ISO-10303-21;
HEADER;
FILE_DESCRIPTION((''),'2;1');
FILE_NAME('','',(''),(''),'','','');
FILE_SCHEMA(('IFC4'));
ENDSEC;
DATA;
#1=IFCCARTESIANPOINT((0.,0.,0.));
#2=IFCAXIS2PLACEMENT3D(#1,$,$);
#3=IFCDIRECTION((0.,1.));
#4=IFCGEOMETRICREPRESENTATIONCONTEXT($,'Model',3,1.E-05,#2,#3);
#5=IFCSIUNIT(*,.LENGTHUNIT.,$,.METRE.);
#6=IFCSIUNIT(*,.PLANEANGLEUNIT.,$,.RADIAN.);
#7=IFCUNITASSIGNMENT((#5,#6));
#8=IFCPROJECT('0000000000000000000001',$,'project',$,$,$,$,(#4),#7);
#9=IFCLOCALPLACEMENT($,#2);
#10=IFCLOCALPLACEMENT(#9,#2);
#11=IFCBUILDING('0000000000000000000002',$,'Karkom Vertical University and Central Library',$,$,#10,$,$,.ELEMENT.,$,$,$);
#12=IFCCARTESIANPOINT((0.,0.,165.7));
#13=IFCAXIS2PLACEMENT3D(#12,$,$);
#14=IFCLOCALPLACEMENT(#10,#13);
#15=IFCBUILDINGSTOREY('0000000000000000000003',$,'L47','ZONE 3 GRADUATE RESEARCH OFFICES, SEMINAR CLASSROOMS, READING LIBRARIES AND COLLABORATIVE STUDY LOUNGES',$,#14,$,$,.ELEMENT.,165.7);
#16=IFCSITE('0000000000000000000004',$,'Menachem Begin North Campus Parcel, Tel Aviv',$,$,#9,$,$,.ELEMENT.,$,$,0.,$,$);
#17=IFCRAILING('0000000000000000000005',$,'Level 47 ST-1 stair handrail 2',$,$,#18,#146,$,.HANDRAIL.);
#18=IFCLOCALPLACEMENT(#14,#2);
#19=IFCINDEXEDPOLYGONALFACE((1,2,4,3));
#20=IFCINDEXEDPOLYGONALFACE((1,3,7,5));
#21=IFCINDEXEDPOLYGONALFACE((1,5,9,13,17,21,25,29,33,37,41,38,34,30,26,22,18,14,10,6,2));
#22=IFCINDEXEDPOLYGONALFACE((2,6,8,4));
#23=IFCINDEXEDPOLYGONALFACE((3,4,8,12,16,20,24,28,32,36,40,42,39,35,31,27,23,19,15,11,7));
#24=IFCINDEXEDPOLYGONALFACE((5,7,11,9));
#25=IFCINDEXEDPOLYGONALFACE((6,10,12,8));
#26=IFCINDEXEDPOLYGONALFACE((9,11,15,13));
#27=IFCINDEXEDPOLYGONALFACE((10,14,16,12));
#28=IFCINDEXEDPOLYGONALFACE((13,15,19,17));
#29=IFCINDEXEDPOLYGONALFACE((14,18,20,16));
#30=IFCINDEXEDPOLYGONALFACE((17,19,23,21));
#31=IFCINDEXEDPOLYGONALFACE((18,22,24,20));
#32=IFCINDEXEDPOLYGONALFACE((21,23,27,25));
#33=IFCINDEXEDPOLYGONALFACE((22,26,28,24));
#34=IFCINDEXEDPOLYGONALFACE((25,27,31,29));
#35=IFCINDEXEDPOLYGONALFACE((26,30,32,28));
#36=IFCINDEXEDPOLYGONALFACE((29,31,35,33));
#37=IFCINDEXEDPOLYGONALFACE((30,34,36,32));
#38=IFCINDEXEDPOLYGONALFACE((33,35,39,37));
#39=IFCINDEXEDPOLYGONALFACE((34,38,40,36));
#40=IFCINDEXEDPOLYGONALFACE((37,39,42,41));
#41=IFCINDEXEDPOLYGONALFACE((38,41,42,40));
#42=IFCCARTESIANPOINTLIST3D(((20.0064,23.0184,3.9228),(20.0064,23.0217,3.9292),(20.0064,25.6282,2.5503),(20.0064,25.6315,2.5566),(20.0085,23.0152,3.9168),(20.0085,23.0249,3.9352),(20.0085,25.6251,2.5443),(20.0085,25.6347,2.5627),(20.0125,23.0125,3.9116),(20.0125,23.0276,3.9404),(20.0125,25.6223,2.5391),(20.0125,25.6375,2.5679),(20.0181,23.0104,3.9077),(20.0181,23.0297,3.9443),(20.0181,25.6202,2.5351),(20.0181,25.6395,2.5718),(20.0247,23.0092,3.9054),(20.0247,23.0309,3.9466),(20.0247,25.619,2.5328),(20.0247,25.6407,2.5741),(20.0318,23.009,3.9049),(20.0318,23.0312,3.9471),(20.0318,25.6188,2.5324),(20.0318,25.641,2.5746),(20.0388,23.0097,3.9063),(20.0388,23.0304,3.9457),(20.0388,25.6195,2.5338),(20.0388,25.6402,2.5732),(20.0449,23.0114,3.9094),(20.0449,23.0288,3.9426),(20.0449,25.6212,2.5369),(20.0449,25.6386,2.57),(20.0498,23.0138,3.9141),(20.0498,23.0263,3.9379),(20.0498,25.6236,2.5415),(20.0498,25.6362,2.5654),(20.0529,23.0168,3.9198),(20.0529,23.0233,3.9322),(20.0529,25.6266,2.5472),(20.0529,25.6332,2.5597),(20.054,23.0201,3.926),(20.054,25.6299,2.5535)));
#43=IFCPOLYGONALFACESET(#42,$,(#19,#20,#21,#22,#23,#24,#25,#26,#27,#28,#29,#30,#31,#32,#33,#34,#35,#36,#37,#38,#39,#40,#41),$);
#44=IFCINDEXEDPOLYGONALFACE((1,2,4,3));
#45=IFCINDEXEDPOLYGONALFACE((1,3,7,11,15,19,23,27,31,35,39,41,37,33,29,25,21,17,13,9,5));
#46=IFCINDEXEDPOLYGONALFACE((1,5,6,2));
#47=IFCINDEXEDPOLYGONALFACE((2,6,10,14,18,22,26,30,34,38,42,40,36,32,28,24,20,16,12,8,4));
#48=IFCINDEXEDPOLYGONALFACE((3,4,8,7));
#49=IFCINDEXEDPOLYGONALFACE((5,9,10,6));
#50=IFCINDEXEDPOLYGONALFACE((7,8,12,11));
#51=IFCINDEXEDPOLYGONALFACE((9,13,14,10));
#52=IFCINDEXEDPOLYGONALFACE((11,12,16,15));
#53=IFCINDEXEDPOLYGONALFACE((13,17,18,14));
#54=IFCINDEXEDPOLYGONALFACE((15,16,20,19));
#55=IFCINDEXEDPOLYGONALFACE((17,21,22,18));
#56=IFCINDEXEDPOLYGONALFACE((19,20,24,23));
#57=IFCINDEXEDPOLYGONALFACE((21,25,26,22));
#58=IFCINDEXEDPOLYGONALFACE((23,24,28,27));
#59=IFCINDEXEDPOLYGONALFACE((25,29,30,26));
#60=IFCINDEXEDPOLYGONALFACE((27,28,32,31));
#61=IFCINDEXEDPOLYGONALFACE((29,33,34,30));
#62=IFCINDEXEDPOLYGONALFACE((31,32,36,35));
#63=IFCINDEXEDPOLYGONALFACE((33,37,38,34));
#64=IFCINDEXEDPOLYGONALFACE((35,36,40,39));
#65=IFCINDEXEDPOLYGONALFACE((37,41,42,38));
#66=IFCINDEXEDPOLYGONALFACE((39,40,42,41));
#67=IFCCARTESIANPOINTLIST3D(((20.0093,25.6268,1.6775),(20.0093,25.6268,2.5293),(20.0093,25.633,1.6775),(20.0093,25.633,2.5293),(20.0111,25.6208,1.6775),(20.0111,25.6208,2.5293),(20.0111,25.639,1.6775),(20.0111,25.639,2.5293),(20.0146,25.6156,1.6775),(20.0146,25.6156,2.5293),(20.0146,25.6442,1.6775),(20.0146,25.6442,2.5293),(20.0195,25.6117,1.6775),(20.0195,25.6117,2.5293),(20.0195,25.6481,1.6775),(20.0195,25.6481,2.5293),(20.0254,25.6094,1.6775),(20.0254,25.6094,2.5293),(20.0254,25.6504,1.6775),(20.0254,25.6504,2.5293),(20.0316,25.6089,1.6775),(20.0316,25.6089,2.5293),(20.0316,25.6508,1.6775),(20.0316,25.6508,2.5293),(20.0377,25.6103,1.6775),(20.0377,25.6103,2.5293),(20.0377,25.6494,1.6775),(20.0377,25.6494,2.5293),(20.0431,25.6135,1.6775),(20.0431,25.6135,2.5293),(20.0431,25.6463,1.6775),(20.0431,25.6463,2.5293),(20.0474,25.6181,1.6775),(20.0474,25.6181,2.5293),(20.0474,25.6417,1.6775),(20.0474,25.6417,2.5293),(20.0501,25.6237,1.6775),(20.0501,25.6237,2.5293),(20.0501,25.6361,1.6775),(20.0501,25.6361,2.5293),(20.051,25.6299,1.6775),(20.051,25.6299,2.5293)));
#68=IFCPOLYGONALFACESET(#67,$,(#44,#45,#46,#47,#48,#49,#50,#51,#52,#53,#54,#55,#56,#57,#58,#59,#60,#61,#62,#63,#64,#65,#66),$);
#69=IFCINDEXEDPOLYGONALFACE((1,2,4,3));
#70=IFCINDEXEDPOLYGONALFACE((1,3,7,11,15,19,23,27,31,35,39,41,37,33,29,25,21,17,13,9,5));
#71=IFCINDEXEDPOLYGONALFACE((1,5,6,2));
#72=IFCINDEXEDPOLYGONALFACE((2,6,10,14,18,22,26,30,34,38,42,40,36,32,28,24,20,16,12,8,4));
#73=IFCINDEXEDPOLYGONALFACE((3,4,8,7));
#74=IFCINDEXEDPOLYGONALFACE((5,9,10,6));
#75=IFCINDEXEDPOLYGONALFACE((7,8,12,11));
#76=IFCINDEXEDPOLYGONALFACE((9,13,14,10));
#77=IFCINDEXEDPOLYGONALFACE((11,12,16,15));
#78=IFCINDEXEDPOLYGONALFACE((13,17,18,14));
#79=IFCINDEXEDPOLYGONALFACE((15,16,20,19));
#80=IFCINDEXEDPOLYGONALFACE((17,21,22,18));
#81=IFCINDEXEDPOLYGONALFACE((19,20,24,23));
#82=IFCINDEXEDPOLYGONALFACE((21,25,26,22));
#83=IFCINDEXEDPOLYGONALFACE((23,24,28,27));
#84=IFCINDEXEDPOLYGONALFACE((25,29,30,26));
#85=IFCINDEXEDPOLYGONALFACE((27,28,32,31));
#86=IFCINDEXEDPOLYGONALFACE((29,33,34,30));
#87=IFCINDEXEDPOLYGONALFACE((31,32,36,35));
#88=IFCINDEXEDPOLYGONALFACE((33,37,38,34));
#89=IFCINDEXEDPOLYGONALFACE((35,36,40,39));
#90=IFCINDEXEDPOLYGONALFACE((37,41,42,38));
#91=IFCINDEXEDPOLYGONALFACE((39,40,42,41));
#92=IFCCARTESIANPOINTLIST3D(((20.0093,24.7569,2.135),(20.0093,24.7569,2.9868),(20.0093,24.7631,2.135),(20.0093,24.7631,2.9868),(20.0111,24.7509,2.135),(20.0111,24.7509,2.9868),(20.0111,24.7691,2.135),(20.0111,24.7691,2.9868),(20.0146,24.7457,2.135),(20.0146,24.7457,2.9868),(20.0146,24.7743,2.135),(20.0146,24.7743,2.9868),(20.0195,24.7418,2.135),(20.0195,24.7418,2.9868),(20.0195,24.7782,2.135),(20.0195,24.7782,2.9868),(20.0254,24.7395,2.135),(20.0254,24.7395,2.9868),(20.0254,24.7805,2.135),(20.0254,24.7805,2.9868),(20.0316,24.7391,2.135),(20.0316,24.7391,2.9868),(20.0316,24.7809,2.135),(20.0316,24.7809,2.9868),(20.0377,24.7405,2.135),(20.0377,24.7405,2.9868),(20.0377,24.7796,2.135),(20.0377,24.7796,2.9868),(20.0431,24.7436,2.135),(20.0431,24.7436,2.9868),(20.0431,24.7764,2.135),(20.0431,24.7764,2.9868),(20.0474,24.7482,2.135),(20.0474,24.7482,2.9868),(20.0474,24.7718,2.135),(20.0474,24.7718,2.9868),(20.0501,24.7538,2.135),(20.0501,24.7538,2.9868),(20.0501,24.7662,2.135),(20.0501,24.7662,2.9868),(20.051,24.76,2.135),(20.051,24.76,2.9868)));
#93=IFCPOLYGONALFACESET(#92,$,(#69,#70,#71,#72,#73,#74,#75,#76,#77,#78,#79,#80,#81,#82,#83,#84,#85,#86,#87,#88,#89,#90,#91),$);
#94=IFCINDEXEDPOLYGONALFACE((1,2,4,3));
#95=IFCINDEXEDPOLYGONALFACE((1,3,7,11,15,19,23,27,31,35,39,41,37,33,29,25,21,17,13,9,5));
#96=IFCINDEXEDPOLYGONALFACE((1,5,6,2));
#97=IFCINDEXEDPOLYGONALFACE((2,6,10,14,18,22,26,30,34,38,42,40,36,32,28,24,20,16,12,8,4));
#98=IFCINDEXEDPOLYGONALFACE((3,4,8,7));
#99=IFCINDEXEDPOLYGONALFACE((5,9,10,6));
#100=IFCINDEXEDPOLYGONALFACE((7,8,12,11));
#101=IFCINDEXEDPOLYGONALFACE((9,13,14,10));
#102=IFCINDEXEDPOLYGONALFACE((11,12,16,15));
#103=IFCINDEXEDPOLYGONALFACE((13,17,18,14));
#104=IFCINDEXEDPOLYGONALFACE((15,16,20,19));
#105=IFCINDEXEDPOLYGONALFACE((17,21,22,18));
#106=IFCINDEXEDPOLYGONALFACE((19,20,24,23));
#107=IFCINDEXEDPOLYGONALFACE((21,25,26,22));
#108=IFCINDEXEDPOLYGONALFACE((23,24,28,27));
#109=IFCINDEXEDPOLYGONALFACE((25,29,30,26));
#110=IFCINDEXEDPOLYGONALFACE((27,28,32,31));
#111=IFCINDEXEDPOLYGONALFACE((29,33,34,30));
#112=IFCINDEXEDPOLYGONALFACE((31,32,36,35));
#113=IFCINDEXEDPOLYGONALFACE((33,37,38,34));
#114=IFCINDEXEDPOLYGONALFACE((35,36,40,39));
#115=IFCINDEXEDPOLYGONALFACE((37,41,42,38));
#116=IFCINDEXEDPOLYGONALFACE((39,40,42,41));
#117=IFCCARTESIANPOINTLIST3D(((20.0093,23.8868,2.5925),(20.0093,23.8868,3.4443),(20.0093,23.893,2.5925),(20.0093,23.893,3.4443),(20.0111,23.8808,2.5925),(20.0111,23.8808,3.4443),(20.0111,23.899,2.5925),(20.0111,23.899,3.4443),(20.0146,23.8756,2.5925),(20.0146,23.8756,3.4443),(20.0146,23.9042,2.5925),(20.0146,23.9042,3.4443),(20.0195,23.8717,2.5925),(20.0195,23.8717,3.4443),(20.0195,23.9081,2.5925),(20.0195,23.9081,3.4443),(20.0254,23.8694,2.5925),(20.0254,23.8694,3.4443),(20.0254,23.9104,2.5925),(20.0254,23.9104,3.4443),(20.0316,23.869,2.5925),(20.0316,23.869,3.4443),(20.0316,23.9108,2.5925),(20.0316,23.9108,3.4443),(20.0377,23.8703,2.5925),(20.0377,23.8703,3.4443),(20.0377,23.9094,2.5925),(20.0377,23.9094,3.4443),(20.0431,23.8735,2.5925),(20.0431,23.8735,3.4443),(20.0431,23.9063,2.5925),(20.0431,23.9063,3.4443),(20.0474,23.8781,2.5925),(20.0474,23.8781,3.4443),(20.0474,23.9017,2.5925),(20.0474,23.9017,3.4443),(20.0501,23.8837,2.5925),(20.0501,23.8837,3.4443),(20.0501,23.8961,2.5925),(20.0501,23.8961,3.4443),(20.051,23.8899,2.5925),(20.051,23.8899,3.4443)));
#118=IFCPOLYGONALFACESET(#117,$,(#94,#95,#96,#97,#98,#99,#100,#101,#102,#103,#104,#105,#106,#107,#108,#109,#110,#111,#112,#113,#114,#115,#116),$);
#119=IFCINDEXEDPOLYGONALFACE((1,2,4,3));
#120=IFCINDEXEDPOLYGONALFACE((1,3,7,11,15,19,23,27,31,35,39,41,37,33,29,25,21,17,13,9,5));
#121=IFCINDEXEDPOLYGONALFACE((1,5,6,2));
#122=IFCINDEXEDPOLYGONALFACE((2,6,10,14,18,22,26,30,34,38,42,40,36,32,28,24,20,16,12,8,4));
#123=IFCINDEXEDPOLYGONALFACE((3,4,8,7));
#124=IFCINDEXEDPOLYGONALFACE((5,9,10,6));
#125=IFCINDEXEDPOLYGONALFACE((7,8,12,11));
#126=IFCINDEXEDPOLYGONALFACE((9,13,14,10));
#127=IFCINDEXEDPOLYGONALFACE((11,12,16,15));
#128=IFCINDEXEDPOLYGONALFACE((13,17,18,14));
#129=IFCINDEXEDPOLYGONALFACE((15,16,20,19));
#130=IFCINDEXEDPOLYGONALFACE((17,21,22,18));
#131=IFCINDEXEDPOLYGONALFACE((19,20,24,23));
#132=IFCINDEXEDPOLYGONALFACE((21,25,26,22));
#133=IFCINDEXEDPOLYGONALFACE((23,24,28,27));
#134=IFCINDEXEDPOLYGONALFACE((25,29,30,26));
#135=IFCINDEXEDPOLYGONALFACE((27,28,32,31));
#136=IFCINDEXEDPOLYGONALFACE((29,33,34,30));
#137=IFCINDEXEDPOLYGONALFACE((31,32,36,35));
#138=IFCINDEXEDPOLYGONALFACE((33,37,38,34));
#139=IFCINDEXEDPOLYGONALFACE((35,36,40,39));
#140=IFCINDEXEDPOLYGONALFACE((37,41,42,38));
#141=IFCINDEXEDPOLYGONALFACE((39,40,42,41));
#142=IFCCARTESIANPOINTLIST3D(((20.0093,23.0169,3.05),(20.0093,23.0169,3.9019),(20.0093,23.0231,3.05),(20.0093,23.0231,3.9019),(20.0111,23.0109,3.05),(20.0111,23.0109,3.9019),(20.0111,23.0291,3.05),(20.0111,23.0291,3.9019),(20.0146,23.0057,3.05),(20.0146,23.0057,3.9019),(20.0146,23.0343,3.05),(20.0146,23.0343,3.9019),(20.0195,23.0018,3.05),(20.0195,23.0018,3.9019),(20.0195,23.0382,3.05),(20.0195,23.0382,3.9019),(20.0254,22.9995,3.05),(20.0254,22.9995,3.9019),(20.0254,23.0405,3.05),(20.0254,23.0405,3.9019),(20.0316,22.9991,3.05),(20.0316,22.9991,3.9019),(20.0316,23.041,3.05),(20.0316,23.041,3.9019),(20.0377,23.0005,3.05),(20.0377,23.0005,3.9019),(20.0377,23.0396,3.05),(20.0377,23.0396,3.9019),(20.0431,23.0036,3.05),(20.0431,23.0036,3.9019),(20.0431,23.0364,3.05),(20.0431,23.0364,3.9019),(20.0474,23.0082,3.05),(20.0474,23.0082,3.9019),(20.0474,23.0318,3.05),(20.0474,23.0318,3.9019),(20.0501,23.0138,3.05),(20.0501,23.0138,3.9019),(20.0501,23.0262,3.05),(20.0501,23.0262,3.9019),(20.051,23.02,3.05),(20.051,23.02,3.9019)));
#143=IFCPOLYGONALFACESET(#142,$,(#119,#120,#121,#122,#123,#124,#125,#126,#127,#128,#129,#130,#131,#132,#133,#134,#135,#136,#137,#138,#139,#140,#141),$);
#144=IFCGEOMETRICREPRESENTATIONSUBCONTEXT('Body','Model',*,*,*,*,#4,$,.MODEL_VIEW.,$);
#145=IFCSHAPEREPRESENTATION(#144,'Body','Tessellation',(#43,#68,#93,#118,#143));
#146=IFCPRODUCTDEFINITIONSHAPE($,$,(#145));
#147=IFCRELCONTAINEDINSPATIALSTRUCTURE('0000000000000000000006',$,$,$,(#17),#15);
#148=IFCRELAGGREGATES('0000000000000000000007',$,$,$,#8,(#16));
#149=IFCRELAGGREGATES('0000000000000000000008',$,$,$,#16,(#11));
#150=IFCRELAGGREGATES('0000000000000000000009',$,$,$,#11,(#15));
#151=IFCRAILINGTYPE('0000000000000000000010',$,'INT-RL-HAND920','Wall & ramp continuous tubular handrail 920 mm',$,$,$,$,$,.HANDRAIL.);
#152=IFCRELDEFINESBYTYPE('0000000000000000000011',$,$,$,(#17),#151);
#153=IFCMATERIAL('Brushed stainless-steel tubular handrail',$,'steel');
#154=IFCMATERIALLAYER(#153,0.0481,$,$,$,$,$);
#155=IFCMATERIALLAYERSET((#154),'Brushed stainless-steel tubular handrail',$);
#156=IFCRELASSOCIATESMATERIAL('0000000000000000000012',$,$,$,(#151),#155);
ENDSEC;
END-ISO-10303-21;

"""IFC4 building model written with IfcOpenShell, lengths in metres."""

from ifc_helpers import new_model, si_unit, direction, frame, origin, origin_2d, place, context, subcontext, project, spatial, circle, extrude, material, layer, layer_set, type_object, element, save


model = new_model("IFC4")

# Units and contexts
model_context = context("Model", 3, precision=1e-05, world=origin(), true_north=direction((0.0, 1.0)))
body_context = subcontext(model_context, "Body", "Model", "MODEL_VIEW")
ifc_project = project(units=[si_unit("LENGTHUNIT", "METRE"), si_unit("PLANEANGLEUNIT", "RADIAN")], contexts=[model_context])

# Site, building, storey
site_placement = place(None, origin())
site = spatial("IfcSite", under=ifc_project, at=site_placement, Name="Menachem Begin North Campus Parcel, Tel Aviv", CompositionType="ELEMENT", RefElevation=0.0)
building_placement = place(site_placement, origin())
building = spatial("IfcBuilding", under=site, at=building_placement, Name="Karkom Vertical University and Central Library", CompositionType="ELEMENT")
storey_placement = place(building_placement, frame((0.0, 0.0, 165.7)))
storey = spatial("IfcBuildingStorey", under=building, at=storey_placement, Name="L47", Description="ZONE 3 GRADUATE RESEARCH OFFICES, SEMINAR CLASSROOMS, READING LIBRARIES AND COLLABORATIVE STUDY LOUNGES", CompositionType="ELEMENT", Elevation=165.7)

# Railing
ifc_material_1 = material(Name="Brushed stainless-steel tubular handrail", Category="steel")
ifc_layer_1 = layer(ifc_material_1, 0.0481)
ifc_layer_set_1 = layer_set([ifc_layer_1], Name="Brushed stainless-steel tubular handrail")
railing_type_1 = type_object("IfcRailingType", Name="INT-RL-HAND920", Description="Wall & ramp continuous tubular handrail 920 mm", PredefinedType="HANDRAIL", material=ifc_layer_set_1)
railing_1_placement = place(storey_placement, frame((20.03, 25.6299, 1.6775)))
element("IfcRailing", 1, at=railing_1_placement, inside=storey, type_object=railing_type_1, Name="Level 47 ST-1 stair handrail 2", PredefinedType="HANDRAIL", context=body_context, shape_type="SweptSolid", body=[
    extrude(circle(Radius=0.0239, at=origin_2d()), frame((0.0, 0.0, 0.876), z_axis=(0.0, -0.885065, 0.465467), x_axis=(1.0, 0.0, 0.0)), (0.0, 0.0, 1.0), 2.9487),
    extrude(circle(Radius=0.021, at=origin_2d()), origin(), (0.0, 0.0, 1.0), 0.8518),
    extrude(circle(Radius=0.021, at=origin_2d()), frame((0.0, -0.8699, 0.4575)), (0.0, 0.0, 1.0), 0.8518),
    extrude(circle(Radius=0.021, at=origin_2d()), frame((0.0, -1.74, 0.915)), (0.0, 0.0, 1.0), 0.8518),
    extrude(circle(Radius=0.021, at=origin_2d()), frame((0.0, -2.6099, 1.3726)), (0.0, 0.0, 1.0), 0.8518),
])

save(model, "model.ifc")
